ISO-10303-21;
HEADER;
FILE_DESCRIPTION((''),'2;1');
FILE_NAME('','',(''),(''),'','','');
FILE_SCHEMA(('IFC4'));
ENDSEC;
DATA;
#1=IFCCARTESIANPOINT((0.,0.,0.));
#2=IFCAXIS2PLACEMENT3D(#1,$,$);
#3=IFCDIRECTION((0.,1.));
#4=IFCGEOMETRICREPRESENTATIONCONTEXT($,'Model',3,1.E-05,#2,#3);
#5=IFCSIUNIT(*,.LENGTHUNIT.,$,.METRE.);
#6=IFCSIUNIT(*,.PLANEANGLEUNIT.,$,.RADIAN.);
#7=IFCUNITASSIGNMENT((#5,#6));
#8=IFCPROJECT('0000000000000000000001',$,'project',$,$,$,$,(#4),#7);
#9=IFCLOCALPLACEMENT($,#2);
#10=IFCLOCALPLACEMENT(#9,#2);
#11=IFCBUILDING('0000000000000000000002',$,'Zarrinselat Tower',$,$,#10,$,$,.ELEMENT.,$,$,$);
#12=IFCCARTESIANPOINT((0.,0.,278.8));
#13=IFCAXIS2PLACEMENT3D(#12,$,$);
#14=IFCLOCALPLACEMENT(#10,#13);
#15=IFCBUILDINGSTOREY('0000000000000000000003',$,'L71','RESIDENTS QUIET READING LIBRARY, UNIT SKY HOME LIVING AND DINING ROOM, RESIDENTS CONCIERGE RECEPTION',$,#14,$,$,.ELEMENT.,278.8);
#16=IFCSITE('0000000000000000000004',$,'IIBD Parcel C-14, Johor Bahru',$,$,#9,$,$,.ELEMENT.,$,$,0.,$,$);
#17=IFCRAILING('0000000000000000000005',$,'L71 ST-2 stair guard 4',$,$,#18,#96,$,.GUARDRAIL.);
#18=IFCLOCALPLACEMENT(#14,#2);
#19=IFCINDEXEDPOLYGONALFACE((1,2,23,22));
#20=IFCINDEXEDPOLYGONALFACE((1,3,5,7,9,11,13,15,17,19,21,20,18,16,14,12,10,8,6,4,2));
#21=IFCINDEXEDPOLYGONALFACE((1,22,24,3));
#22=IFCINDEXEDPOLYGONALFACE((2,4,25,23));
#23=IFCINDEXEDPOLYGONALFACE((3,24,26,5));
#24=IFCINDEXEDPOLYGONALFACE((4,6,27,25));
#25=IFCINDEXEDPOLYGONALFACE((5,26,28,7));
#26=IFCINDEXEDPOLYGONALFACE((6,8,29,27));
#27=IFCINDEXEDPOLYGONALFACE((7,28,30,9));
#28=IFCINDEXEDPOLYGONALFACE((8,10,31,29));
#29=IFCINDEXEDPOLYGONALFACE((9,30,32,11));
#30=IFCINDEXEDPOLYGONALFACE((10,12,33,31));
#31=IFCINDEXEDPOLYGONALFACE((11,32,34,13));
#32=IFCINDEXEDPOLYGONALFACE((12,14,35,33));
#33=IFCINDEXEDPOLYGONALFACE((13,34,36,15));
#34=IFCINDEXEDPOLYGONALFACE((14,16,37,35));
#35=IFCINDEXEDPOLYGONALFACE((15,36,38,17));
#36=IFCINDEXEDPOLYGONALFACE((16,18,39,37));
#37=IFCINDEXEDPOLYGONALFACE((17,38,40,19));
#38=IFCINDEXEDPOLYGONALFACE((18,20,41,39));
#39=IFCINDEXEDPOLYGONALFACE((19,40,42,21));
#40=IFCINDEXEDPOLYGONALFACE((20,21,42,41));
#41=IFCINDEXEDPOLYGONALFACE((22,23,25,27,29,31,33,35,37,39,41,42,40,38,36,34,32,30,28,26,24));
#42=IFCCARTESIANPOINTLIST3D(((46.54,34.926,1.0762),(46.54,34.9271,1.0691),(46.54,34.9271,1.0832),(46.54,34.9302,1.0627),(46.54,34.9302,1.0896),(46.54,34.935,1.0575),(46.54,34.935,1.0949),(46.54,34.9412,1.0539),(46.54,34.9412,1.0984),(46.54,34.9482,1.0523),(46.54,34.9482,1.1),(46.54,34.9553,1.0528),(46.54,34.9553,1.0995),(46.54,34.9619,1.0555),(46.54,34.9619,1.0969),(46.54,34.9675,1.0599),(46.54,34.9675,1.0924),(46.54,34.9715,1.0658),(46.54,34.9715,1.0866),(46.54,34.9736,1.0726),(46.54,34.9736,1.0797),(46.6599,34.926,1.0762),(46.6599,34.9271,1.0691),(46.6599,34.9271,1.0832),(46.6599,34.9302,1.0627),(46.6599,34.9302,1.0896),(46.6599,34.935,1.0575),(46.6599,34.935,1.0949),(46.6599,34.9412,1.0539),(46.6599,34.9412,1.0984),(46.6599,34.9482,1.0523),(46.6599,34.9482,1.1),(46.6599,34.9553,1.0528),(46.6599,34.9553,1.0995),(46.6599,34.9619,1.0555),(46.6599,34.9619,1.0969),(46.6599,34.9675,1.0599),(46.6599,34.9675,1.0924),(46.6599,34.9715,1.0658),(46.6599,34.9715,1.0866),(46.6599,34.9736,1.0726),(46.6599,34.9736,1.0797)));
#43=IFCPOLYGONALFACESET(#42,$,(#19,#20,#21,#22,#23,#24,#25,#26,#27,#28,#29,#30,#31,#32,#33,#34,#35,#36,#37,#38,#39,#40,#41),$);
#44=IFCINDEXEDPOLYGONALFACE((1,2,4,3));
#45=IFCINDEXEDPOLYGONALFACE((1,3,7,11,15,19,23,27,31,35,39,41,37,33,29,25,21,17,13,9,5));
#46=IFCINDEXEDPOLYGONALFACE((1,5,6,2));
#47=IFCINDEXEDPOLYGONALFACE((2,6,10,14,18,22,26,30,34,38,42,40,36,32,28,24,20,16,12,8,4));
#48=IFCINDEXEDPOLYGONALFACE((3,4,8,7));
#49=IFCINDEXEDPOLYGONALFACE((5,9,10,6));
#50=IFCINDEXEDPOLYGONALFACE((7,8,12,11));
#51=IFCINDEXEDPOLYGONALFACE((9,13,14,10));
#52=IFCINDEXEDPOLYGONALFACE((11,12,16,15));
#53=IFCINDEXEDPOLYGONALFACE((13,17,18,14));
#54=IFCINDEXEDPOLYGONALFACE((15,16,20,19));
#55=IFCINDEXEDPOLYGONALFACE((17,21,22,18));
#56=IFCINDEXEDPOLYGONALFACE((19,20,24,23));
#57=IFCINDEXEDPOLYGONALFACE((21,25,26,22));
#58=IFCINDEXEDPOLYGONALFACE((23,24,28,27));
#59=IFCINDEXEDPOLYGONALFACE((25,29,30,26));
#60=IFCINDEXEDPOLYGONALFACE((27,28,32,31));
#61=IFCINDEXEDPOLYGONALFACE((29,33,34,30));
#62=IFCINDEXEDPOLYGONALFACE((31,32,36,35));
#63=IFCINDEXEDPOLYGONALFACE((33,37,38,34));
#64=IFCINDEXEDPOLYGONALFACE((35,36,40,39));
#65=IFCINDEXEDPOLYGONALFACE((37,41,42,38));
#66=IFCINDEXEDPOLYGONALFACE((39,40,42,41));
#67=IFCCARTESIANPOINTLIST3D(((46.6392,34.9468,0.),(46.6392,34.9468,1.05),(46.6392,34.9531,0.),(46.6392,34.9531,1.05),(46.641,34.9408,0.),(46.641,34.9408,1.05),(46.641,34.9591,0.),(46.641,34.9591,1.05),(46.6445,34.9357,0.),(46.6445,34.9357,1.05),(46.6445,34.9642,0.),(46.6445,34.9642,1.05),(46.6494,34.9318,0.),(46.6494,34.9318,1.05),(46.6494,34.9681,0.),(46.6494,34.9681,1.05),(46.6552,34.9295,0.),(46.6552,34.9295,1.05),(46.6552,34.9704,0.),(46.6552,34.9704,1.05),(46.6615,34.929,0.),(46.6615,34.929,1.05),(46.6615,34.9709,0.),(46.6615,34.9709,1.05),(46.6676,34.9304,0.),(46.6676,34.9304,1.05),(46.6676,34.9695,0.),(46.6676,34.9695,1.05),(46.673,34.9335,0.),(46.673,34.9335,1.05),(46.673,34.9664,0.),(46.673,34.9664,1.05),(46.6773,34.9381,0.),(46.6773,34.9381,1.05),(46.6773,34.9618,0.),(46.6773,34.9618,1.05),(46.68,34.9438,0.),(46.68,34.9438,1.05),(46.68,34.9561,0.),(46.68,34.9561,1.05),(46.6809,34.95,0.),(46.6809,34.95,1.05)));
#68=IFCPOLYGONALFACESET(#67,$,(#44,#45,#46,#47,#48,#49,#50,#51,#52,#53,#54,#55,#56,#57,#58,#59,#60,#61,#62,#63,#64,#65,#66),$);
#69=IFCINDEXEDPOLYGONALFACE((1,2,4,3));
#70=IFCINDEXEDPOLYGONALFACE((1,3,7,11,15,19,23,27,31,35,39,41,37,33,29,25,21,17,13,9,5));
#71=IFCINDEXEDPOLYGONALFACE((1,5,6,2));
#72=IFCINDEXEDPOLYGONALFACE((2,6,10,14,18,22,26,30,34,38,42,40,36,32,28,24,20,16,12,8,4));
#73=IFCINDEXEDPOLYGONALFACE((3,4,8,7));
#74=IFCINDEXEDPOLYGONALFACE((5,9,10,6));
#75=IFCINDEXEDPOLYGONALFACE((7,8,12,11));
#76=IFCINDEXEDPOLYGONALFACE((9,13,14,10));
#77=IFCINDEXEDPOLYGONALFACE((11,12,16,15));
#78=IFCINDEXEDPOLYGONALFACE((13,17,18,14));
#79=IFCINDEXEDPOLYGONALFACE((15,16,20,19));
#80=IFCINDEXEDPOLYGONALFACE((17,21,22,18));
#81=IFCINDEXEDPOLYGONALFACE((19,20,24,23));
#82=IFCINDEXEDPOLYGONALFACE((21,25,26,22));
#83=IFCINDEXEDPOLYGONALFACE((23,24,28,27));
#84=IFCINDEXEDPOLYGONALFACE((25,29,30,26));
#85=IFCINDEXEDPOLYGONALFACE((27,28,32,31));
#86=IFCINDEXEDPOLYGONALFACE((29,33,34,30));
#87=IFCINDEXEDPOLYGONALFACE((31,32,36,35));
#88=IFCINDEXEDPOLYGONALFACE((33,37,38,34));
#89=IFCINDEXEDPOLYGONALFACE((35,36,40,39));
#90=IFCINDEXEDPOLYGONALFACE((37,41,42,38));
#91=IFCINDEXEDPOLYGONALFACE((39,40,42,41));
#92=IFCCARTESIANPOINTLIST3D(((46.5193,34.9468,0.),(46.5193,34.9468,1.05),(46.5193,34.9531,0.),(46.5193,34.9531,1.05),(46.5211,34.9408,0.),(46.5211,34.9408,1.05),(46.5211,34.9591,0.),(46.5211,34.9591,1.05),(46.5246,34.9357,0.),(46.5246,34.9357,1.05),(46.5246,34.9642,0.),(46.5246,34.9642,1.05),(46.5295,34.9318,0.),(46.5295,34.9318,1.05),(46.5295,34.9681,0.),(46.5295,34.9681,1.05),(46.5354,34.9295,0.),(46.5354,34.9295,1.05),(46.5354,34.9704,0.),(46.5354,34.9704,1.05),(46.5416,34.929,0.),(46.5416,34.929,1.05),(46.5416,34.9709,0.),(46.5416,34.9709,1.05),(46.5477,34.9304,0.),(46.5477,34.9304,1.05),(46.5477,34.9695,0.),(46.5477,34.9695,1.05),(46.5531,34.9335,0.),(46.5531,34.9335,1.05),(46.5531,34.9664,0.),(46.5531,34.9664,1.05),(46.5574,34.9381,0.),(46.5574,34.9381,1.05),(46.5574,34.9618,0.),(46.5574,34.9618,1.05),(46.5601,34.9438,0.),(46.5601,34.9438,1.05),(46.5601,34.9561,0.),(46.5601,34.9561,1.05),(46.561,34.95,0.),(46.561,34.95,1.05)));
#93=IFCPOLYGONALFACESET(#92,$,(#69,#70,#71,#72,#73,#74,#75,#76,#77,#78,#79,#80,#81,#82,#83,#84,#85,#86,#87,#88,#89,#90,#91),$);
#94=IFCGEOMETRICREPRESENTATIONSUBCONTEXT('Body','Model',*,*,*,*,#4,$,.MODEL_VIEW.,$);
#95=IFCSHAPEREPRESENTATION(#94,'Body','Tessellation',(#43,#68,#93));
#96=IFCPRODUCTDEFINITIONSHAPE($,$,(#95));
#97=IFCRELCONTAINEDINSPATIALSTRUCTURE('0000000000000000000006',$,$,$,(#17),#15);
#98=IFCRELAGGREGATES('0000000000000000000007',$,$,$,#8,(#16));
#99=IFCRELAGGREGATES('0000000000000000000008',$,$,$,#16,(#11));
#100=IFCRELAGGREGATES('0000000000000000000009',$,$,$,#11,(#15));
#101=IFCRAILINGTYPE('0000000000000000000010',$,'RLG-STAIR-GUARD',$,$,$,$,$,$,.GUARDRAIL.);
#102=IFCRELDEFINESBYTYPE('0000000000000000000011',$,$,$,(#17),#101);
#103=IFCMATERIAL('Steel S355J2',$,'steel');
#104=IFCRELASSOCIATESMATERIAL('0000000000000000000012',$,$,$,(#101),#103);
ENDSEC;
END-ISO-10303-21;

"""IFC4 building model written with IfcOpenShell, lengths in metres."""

from ifc_helpers import new_model, si_unit, direction, frame, origin, origin_2d, place, context, subcontext, project, spatial, circle, extrude, material, type_object, element, save


model = new_model("IFC4")

# Units and contexts
model_context = context("Model", 3, precision=1e-05, world=origin(), true_north=direction((0.0, 1.0)))
body_context = subcontext(model_context, "Body", "Model", "MODEL_VIEW")
ifc_project = project(units=[si_unit("LENGTHUNIT", "METRE"), si_unit("PLANEANGLEUNIT", "RADIAN")], contexts=[model_context])

# Site, building, storey
site_placement = place(None, origin())
site = spatial("IfcSite", under=ifc_project, at=site_placement, Name="IIBD Parcel C-14, Johor Bahru", CompositionType="ELEMENT", RefElevation=0.0)
building_placement = place(site_placement, origin())
building = spatial("IfcBuilding", under=site, at=building_placement, Name="Zarrinselat Tower", CompositionType="ELEMENT")
storey_placement = place(building_placement, frame((0.0, 0.0, 278.8)))
storey = spatial("IfcBuildingStorey", under=building, at=storey_placement, Name="L71", Description="RESIDENTS QUIET READING LIBRARY, UNIT SKY HOME LIVING AND DINING ROOM, RESIDENTS CONCIERGE RECEPTION", CompositionType="ELEMENT", Elevation=278.8)

# Railing
ifc_material_1 = material(Name="Steel S355J2", Category="steel")
railing_type_1 = type_object("IfcRailingType", Name="RLG-STAIR-GUARD", PredefinedType="GUARDRAIL", material=ifc_material_1)
railing_1_placement = place(storey_placement, frame((46.6599, 34.95, 0.0)))
element("IfcRailing", 1, at=railing_1_placement, inside=storey, type_object=railing_type_1, Name="L71 ST-2 stair guard 4", PredefinedType="GUARDRAIL", context=body_context, shape_type="SweptSolid", body=[
    extrude(circle(Radius=0.0239, at=origin_2d()), frame((0.0, 0.0, 1.0762), z_axis=(-1.0, 0.0, 0.0), x_axis=(0.0, -1.0, 0.0)), (0.0, 0.0, 1.0), 0.1199),
    extrude(circle(Radius=0.021, at=origin_2d()), origin(), (0.0, 0.0, 1.0), 1.05),
    extrude(circle(Radius=0.021, at=origin_2d()), frame((-0.1199, 0.0, 0.0)), (0.0, 0.0, 1.0), 1.05),
])

save(model, "model.ifc")
